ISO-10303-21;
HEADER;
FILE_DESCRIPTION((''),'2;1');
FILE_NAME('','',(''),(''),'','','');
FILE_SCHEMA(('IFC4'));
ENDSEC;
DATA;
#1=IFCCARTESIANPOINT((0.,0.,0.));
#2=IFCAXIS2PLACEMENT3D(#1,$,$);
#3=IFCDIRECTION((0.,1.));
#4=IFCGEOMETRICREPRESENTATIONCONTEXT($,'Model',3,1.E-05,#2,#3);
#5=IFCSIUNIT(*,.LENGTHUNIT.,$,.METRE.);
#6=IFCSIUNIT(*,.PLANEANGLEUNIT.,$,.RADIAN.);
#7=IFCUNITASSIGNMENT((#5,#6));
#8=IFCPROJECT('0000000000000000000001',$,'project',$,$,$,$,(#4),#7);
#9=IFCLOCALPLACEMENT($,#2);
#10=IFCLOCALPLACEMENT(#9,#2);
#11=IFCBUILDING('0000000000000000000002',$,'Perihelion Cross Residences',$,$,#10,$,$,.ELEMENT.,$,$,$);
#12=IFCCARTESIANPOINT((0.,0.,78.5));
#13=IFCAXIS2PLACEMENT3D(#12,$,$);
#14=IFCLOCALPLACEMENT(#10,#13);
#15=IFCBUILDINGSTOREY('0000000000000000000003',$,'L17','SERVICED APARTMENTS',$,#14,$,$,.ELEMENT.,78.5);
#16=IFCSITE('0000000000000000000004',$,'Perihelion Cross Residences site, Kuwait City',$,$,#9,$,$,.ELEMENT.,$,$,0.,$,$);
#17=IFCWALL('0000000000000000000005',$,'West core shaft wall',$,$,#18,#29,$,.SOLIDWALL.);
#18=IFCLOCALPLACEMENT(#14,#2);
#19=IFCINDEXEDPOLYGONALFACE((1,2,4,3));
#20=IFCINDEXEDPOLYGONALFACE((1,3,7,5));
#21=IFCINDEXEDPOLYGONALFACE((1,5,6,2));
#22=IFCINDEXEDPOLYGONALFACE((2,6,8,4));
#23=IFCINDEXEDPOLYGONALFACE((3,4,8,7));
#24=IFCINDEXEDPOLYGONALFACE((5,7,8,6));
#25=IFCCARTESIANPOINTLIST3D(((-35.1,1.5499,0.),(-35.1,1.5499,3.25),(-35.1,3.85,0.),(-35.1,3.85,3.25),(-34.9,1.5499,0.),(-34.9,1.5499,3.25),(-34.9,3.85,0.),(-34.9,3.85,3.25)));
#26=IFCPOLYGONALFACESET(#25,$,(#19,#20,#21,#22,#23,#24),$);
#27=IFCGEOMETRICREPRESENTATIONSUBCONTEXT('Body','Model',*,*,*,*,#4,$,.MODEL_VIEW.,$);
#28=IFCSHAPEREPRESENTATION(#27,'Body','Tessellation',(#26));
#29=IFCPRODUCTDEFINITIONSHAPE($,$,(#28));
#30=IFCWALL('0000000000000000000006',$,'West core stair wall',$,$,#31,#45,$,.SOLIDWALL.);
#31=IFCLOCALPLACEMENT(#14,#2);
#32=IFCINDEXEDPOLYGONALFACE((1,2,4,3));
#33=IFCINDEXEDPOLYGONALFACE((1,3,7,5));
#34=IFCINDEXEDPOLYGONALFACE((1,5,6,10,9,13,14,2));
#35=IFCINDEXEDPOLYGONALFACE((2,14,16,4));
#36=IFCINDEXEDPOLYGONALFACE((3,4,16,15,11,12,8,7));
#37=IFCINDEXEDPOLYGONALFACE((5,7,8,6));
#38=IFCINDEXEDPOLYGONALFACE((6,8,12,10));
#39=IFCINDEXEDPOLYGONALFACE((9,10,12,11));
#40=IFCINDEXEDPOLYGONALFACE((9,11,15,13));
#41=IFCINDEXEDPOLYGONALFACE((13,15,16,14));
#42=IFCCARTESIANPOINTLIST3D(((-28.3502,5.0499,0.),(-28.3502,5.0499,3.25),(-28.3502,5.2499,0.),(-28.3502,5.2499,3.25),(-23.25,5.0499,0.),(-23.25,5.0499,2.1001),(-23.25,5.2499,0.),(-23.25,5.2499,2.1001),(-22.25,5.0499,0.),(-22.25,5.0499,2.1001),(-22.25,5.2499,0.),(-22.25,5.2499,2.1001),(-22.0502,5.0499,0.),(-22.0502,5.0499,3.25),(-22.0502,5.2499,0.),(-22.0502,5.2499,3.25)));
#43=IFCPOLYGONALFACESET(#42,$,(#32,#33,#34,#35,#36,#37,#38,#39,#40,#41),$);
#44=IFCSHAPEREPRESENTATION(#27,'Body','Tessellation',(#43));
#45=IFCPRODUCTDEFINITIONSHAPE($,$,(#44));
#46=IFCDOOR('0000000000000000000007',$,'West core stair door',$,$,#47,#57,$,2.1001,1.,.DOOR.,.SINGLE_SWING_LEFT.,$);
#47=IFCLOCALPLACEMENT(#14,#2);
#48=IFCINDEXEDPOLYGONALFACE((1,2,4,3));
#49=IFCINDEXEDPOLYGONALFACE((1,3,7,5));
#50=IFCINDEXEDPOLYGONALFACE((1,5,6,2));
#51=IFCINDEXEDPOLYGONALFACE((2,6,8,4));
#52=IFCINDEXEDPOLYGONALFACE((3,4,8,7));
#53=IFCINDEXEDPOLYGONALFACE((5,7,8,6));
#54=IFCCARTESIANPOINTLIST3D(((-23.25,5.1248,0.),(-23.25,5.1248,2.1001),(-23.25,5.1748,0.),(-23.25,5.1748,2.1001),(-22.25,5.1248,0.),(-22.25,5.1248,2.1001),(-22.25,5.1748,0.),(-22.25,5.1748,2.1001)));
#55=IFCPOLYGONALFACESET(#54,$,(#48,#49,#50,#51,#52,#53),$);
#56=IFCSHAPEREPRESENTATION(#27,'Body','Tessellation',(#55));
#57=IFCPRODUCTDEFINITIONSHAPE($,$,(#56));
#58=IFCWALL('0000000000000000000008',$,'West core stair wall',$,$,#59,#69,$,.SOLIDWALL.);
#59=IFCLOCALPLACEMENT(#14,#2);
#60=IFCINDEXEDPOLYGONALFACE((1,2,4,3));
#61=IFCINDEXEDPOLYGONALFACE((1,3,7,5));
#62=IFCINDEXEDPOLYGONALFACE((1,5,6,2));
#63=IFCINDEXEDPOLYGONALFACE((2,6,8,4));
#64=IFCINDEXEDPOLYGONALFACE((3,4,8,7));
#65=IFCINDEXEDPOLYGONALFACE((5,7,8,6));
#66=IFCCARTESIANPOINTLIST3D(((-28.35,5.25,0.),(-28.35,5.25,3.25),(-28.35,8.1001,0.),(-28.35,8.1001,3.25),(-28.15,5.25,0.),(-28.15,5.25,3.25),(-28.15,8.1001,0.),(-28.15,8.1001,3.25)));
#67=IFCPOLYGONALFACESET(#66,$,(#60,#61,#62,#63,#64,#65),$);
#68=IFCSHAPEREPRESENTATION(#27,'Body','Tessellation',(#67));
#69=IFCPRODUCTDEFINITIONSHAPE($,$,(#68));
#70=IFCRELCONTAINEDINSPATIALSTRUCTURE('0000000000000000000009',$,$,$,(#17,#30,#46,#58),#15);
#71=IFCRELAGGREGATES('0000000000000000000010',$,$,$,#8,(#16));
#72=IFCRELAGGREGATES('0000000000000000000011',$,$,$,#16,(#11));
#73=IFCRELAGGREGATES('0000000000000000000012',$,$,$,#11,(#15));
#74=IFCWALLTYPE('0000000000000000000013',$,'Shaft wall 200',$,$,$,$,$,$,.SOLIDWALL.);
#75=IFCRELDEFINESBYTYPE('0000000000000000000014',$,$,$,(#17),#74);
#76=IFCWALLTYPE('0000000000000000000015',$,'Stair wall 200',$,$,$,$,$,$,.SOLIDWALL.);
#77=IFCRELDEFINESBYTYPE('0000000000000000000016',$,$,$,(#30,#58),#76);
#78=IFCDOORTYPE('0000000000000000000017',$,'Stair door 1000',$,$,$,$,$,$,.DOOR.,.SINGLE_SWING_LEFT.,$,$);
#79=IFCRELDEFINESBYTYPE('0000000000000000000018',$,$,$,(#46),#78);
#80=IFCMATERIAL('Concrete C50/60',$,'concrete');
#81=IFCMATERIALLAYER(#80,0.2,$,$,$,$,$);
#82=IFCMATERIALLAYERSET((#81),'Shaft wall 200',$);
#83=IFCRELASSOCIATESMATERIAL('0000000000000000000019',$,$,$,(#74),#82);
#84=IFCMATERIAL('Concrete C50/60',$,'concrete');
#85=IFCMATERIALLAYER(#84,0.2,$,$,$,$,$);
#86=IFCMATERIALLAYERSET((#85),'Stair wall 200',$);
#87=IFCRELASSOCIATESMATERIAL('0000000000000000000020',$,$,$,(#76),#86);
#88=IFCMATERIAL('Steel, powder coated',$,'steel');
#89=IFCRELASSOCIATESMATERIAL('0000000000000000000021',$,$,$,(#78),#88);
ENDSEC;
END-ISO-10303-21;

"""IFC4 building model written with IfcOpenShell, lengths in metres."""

from ifc_helpers import new_model, si_unit, direction, frame, frame_2d, origin, place, context, subcontext, project, spatial, rectangle, extrude, material, layer, layer_set, type_object, element, fill, save


model = new_model("IFC4")

# Units and contexts
model_context = context("Model", 3, precision=1e-05, world=origin(), true_north=direction((0.0, 1.0)))
body_context = subcontext(model_context, "Body", "Model", "MODEL_VIEW")
ifc_project = project(units=[si_unit("LENGTHUNIT", "METRE"), si_unit("PLANEANGLEUNIT", "RADIAN")], contexts=[model_context])

# Site, building, storey
site_placement = place(None, origin())
site = spatial("IfcSite", under=ifc_project, at=site_placement, Name="Perihelion Cross Residences site, Kuwait City", CompositionType="ELEMENT", RefElevation=0.0)
building_placement = place(site_placement, origin())
building = spatial("IfcBuilding", under=site, at=building_placement, Name="Perihelion Cross Residences", CompositionType="ELEMENT")
storey_placement = place(building_placement, frame((0.0, 0.0, 78.5)))
storey = spatial("IfcBuildingStorey", under=building, at=storey_placement, Name="L17", Description="SERVICED APARTMENTS", CompositionType="ELEMENT", Elevation=78.5)

# Shared definitions
ifc_material_1 = material(Name="Concrete C50/60", Category="concrete")
ifc_layer_1 = layer(ifc_material_1, 0.2)
ifc_layer_set_1 = layer_set([ifc_layer_1], Name="Shaft wall 200")
wall_type_1 = type_object("IfcWallType", Name="Shaft wall 200", PredefinedType="SOLIDWALL", material=ifc_layer_set_1)

# Wall
for number, where, z_axis, x_axis, name in (
    (1, (-35.0, 1.55, 0.0), (0.0, 0.0, 1.0), (0.0, 1.0, 0.0), "West core shaft wall"),
):
    element("IfcWall", number, at=place(storey_placement, frame(where, z_axis=z_axis, x_axis=x_axis)), inside=storey, type_object=wall_type_1, Name=name, PredefinedType="SOLIDWALL", context=body_context, shape_type="SweptSolid", body=[
        extrude(rectangle(XDim=2.3, YDim=0.2, at=frame_2d((1.1499, 0.0))), origin(), (0.0, 0.0, 1.0), 3.25),
    ])

# Wall, opening, door
ifc_material_2 = material(Name="Concrete C50/60", Category="concrete")
ifc_layer_2 = layer(ifc_material_2, 0.2)
ifc_layer_set_2 = layer_set([ifc_layer_2], Name="Stair wall 200")
wall_type_2 = type_object("IfcWallType", Name="Stair wall 200", PredefinedType="SOLIDWALL", material=ifc_layer_set_2)
wall_1_placement = place(storey_placement, frame((-28.3501, 5.1499, 0.0), z_axis=(0.0, 0.0, 1.0), x_axis=(1.0, 0.0, 0.0)))
wall_1 = element("IfcWall", 2, at=wall_1_placement, inside=storey, type_object=wall_type_2, Name="West core stair wall", PredefinedType="SOLIDWALL", context=body_context, shape_type="SweptSolid", body=[
    extrude(rectangle(XDim=6.3, YDim=0.2, at=frame_2d((3.1499, 0.0))), origin(), (0.0, 0.0, 1.0), 3.25),
])
opening_1_placement = place(wall_1_placement, frame((5.1001, 0.0, 0.0)))
opening_1 = element("IfcOpeningElement", 3, at=opening_1_placement, cuts=wall_1, PredefinedType="OPENING", context=body_context, shape_type="SweptSolid", body=[
    extrude(rectangle(XDim=1.0, YDim=2.1001, at=frame_2d((0.5, 1.05))), frame((0.0, 0.1099, 0.0), z_axis=(0.0, -1.0, 0.0), x_axis=(1.0, 0.0, 0.0)), (0.0, 0.0, 1.0), 0.22),
])
ifc_material_3 = material(Name="Steel, powder coated", Category="steel")
door_type_1 = type_object("IfcDoorType", Name="Stair door 1000", OperationType="SINGLE_SWING_LEFT", PredefinedType="DOOR", material=ifc_material_3)
door_1_placement = place(opening_1_placement, origin())
door_1 = element("IfcDoor", 4, at=door_1_placement, inside=storey, type_object=door_type_1, Name="West core stair door", OperationType="SINGLE_SWING_LEFT", OverallHeight=2.1001, OverallWidth=1.0, PredefinedType="DOOR", context=body_context, shape_type="SweptSolid", body=[
    extrude(rectangle(XDim=1.0, YDim=2.1001, at=frame_2d((0.5, 1.05))), frame((0.0, 0.0249, 0.0), z_axis=(0.0, -1.0, 0.0), x_axis=(1.0, 0.0, 0.0)), (0.0, 0.0, 1.0), 0.05),
])
fill(opening_1, door_1)

# Wall
wall_2_placement = place(storey_placement, frame((-28.25, 5.25, 0.0), z_axis=(0.0, 0.0, 1.0), x_axis=(0.0, 1.0, 0.0)))
element("IfcWall", 5, at=wall_2_placement, inside=storey, type_object=wall_type_2, Name="West core stair wall", PredefinedType="SOLIDWALL", context=body_context, shape_type="SweptSolid", body=[
    extrude(rectangle(XDim=2.8501, YDim=0.2, at=frame_2d((1.425, 0.0))), origin(), (0.0, 0.0, 1.0), 3.25),
])

save(model, "model.ifc")
